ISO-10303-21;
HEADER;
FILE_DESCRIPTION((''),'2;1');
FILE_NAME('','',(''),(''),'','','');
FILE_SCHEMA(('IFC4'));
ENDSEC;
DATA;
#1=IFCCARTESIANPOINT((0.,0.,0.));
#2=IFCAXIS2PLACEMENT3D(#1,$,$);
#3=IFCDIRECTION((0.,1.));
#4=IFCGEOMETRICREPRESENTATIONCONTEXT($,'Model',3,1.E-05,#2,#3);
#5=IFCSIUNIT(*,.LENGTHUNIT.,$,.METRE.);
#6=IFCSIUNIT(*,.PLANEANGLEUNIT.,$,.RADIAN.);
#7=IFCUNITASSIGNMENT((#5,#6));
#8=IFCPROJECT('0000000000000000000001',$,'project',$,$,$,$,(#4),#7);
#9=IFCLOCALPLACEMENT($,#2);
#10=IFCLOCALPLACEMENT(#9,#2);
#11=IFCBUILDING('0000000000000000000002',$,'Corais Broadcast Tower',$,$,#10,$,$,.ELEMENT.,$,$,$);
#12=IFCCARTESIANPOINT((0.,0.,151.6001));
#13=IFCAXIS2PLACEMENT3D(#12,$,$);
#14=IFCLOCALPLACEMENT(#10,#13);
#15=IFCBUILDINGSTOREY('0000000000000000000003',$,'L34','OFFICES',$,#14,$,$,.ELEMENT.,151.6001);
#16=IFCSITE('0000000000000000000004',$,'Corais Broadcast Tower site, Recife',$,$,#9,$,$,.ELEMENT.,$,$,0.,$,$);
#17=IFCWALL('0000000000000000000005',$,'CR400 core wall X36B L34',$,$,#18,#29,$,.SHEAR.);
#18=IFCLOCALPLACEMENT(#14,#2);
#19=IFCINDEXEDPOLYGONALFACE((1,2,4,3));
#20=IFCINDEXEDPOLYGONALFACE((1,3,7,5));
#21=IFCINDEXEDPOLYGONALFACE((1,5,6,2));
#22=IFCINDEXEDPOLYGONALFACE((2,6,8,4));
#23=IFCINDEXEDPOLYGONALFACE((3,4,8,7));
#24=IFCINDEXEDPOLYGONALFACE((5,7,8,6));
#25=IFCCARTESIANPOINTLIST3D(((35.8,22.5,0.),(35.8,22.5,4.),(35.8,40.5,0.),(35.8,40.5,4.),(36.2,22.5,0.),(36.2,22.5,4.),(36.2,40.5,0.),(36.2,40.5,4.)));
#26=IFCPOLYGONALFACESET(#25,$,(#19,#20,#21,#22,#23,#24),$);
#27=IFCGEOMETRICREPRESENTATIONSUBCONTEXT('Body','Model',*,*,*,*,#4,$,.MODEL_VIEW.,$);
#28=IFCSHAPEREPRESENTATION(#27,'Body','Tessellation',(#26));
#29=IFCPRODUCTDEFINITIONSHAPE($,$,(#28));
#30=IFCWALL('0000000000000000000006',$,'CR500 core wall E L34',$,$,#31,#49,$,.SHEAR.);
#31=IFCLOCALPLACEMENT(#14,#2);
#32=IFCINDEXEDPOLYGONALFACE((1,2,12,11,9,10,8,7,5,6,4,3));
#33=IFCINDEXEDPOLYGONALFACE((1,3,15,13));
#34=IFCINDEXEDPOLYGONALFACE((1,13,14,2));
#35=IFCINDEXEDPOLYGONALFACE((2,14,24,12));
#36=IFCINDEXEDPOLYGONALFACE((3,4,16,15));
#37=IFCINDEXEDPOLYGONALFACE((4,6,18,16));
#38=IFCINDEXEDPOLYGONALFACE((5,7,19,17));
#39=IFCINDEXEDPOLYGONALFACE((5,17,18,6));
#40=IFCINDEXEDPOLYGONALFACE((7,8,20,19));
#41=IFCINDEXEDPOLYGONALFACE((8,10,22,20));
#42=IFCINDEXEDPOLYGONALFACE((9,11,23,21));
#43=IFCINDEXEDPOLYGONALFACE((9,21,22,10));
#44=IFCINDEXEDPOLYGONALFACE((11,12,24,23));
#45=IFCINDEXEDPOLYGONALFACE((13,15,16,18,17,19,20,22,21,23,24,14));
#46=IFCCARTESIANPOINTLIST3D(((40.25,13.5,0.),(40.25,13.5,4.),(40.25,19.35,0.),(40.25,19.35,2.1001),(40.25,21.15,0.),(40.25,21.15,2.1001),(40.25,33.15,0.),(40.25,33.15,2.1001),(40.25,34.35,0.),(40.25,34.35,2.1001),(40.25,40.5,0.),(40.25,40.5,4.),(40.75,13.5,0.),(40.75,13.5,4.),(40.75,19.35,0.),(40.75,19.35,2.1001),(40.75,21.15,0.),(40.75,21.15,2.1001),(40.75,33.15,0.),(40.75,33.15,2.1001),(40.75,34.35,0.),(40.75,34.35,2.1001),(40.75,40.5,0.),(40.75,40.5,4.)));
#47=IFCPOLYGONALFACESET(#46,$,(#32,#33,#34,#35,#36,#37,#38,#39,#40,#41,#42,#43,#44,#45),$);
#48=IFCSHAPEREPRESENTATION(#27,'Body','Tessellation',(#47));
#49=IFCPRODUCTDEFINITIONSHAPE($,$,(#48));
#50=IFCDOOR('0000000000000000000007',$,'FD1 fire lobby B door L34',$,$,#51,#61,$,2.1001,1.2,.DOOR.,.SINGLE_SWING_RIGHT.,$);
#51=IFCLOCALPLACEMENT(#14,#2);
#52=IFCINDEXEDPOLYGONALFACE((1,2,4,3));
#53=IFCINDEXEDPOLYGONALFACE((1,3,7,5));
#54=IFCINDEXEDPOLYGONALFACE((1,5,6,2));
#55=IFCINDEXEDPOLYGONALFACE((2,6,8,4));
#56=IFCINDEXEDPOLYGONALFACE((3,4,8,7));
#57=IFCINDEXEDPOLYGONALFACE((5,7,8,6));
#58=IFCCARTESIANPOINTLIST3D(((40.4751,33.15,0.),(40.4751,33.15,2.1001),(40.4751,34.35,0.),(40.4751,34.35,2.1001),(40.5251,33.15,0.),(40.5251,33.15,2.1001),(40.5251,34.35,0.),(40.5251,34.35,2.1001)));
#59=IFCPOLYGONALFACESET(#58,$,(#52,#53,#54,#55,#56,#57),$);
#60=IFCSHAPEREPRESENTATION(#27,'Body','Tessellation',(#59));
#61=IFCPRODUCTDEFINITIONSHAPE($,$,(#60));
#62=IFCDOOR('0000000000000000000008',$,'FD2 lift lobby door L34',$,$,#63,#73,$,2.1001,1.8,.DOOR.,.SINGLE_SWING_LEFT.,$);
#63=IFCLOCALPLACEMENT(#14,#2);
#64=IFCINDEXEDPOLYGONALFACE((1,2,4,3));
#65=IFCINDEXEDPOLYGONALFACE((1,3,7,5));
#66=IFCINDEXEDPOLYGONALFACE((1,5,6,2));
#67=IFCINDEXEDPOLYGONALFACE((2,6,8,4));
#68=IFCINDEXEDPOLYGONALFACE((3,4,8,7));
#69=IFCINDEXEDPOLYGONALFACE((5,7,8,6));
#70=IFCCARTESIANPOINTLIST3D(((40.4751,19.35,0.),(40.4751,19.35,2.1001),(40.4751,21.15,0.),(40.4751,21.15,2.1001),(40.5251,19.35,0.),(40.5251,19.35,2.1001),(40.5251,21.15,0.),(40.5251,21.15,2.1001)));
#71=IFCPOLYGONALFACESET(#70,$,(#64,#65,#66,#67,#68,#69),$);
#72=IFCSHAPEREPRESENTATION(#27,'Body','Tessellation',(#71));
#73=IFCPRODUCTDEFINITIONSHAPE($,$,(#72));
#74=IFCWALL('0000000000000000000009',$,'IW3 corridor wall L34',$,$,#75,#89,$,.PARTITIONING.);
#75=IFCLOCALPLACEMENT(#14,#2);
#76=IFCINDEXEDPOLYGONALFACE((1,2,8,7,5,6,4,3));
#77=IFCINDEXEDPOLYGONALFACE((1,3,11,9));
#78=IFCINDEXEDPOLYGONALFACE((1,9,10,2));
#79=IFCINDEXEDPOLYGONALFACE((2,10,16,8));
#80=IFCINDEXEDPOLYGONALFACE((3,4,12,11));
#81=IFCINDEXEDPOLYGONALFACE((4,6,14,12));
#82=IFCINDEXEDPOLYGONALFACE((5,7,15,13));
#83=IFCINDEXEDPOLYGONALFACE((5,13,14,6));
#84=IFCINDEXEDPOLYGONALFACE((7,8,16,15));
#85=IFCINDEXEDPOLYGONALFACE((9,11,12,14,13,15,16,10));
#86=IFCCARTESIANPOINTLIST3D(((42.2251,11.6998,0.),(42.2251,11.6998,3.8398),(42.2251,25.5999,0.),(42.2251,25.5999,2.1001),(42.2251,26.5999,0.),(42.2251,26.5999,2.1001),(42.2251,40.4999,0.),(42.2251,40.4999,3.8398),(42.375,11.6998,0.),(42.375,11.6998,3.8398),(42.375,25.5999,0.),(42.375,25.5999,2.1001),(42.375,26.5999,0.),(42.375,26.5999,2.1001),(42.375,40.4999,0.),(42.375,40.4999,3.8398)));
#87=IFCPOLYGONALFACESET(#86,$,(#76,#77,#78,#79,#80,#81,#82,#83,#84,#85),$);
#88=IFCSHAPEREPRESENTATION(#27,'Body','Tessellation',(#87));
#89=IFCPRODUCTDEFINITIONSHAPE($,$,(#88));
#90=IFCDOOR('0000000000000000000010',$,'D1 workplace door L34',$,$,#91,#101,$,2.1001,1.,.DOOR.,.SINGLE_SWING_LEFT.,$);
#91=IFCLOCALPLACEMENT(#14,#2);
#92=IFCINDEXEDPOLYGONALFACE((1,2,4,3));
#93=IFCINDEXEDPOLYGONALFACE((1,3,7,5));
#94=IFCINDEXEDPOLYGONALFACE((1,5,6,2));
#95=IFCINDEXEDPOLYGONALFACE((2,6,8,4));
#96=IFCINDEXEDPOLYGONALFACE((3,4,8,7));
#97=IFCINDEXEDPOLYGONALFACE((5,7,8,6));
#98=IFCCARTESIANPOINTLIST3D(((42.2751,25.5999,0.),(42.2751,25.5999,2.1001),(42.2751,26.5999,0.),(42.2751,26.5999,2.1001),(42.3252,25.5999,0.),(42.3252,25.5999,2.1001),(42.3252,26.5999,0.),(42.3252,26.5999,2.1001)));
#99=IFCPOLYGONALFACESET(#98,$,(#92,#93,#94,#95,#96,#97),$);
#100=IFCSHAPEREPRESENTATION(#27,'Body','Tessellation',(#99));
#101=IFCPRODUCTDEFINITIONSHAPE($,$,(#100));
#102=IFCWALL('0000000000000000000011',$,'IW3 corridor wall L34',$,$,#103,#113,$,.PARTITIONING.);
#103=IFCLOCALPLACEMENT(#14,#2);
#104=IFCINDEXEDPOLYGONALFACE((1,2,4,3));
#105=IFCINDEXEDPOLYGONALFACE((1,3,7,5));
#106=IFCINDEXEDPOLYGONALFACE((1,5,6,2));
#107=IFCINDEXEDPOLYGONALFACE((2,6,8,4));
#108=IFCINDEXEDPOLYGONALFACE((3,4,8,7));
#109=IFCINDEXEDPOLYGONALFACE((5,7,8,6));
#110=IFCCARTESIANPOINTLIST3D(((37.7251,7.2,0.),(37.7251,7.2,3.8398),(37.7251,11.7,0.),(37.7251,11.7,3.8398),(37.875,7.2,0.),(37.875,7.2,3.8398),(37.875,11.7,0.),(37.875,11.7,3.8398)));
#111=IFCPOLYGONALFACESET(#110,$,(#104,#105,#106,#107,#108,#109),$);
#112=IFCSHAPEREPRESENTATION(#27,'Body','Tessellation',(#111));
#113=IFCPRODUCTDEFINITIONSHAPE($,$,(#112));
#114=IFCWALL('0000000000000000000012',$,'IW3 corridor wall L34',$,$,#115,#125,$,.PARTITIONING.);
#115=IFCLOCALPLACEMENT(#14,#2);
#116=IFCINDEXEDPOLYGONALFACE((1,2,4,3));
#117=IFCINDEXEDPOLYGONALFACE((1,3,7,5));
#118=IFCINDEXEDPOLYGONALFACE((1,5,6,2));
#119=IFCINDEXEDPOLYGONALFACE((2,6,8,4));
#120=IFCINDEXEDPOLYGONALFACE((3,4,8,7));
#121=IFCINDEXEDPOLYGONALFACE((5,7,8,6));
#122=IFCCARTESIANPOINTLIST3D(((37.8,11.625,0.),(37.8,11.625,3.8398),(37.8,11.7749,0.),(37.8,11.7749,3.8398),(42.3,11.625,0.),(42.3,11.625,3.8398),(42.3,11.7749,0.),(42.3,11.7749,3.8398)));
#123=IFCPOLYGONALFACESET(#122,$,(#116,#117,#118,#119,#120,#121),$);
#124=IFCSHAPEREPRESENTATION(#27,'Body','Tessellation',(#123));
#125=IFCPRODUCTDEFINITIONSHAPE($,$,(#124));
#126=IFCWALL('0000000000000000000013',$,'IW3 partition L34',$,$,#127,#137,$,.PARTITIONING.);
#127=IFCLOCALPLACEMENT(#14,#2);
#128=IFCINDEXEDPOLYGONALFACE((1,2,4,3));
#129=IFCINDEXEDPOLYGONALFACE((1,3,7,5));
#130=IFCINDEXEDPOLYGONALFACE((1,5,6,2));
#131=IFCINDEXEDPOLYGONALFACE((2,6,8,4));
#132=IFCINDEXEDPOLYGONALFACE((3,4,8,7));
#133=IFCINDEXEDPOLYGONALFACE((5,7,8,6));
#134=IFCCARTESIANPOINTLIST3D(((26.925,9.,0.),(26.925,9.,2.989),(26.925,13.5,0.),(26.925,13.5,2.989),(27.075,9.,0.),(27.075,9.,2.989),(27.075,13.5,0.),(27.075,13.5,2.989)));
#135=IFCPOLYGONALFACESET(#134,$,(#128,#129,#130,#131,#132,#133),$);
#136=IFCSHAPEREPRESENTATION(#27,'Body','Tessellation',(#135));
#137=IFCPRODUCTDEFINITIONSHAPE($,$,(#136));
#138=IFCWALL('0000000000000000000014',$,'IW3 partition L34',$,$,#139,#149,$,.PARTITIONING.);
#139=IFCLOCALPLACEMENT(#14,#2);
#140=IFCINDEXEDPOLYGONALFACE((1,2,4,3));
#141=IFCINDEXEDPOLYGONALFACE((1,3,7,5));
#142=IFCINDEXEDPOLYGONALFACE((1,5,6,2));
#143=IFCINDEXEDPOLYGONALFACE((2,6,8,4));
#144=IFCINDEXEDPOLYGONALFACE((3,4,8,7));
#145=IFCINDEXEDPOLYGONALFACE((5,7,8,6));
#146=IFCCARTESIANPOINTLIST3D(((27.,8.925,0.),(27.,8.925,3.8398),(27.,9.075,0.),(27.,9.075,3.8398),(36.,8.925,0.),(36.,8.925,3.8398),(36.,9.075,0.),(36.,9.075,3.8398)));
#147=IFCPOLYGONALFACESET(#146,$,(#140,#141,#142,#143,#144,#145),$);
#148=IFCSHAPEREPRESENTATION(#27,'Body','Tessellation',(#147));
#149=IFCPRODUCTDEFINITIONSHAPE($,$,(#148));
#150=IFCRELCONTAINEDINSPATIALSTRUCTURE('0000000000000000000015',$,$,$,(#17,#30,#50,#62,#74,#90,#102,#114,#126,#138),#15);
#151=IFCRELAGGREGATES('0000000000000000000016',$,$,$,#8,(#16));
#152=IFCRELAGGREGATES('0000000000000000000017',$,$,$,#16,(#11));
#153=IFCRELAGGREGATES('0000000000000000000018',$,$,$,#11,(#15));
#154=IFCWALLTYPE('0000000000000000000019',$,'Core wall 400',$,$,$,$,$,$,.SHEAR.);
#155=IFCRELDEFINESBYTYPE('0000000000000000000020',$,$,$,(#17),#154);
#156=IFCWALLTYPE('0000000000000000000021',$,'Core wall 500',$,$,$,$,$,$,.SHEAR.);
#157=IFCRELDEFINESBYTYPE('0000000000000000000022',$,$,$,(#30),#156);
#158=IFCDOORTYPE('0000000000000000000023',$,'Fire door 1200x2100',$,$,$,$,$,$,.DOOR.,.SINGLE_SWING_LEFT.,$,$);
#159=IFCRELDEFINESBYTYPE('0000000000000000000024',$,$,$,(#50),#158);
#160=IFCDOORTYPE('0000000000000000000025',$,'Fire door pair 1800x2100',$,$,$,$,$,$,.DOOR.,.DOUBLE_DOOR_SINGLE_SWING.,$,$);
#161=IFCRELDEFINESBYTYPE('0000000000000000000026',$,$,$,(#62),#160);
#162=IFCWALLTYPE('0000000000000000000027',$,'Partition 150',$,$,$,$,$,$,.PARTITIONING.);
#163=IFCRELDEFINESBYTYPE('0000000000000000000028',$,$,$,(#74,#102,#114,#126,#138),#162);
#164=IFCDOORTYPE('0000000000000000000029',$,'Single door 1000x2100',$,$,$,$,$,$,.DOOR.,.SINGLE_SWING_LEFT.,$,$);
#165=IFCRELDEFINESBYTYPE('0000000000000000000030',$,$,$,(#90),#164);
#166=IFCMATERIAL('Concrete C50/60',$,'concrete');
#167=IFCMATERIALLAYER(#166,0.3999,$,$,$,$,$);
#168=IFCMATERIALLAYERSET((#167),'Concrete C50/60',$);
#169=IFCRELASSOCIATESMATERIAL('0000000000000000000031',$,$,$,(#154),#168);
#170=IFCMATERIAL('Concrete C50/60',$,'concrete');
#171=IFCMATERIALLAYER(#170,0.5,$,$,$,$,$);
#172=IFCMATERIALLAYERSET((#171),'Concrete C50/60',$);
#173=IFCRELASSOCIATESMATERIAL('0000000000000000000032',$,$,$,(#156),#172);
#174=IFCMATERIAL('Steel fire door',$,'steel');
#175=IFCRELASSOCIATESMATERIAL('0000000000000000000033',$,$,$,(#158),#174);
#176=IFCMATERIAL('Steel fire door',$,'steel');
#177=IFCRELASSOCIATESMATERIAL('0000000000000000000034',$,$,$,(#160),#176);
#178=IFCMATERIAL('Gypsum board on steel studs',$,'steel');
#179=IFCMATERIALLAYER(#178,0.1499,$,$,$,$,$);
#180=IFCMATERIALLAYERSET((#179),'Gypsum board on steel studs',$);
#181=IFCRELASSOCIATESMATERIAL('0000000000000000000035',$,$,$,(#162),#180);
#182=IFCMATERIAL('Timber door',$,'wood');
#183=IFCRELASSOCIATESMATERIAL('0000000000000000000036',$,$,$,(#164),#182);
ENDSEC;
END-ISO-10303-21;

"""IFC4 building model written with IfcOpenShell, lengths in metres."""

from ifc_helpers import new_model, si_unit, direction, frame, frame_2d, origin, place, context, subcontext, project, spatial, rectangle, extrude, material, layer, layer_set, type_object, element, fill, save


model = new_model("IFC4")

# Units and contexts
model_context = context("Model", 3, precision=1e-05, world=origin(), true_north=direction((0.0, 1.0)))
body_context = subcontext(model_context, "Body", "Model", "MODEL_VIEW")
ifc_project = project(units=[si_unit("LENGTHUNIT", "METRE"), si_unit("PLANEANGLEUNIT", "RADIAN")], contexts=[model_context])

# Site, building, storey
site_placement = place(None, origin())
site = spatial("IfcSite", under=ifc_project, at=site_placement, Name="Corais Broadcast Tower site, Recife", CompositionType="ELEMENT", RefElevation=0.0)
building_placement = place(site_placement, origin())
building = spatial("IfcBuilding", under=site, at=building_placement, Name="Corais Broadcast Tower", CompositionType="ELEMENT")
storey_placement = place(building_placement, frame((0.0, 0.0, 151.6001)))
storey = spatial("IfcBuildingStorey", under=building, at=storey_placement, Name="L34", Description="OFFICES", CompositionType="ELEMENT", Elevation=151.6001)

# Wall
ifc_material_1 = material(Name="Concrete C50/60", Category="concrete")
ifc_layer_1 = layer(ifc_material_1, 0.3999)
ifc_layer_set_1 = layer_set([ifc_layer_1], Name="Concrete C50/60")
wall_type_1 = type_object("IfcWallType", Name="Core wall 400", PredefinedType="SHEAR", material=ifc_layer_set_1)
wall_1_placement = place(storey_placement, frame((36.0, 22.5, 0.0), z_axis=(0.0, 0.0, 1.0), x_axis=(0.0, 1.0, 0.0)))
element("IfcWall", 1, at=wall_1_placement, inside=storey, type_object=wall_type_1, Name="CR400 core wall X36B L34", PredefinedType="SHEAR", context=body_context, shape_type="SweptSolid", body=[
    extrude(rectangle(XDim=18.0, YDim=0.3999, at=frame_2d((9.0, 0.0))), origin(), (0.0, 0.0, 1.0), 4.0),
])

# Wall, openings, doors
ifc_material_2 = material(Name="Concrete C50/60", Category="concrete")
ifc_layer_2 = layer(ifc_material_2, 0.5)
ifc_layer_set_2 = layer_set([ifc_layer_2], Name="Concrete C50/60")
wall_type_2 = type_object("IfcWallType", Name="Core wall 500", PredefinedType="SHEAR", material=ifc_layer_set_2)
wall_2_placement = place(storey_placement, frame((40.5, 13.5, 0.0), z_axis=(0.0, 0.0, 1.0), x_axis=(0.0, 1.0, 0.0)))
wall_2 = element("IfcWall", 2, at=wall_2_placement, inside=storey, type_object=wall_type_2, Name="CR500 core wall E L34", PredefinedType="SHEAR", context=body_context, shape_type="SweptSolid", body=[
    extrude(rectangle(XDim=27.0, YDim=0.5, at=frame_2d((13.5, 0.0))), origin(), (0.0, 0.0, 1.0), 4.0),
])
opening_1_placement = place(wall_2_placement, frame((5.8501, 0.0, 0.0)))
opening_1 = element("IfcOpeningElement", 3, at=opening_1_placement, cuts=wall_2, PredefinedType="OPENING", context=body_context, shape_type="SweptSolid", body=[
    extrude(rectangle(XDim=1.8, YDim=2.1001, at=frame_2d((0.8999, 1.05))), frame((0.0, 0.26, 0.0), z_axis=(0.0, -1.0, 0.0), x_axis=(1.0, 0.0, 0.0)), (0.0, 0.0, 1.0), 0.52),
])
opening_2_placement = place(wall_2_placement, frame((19.6499, 0.0, 0.0)))
opening_2 = element("IfcOpeningElement", 4, at=opening_2_placement, cuts=wall_2, PredefinedType="OPENING", context=body_context, shape_type="SweptSolid", body=[
    extrude(rectangle(XDim=1.2, YDim=2.1001, at=frame_2d((0.6001, 1.05))), frame((0.0, 0.26, 0.0), z_axis=(0.0, -1.0, 0.0), x_axis=(1.0, 0.0, 0.0)), (0.0, 0.0, 1.0), 0.52),
])
ifc_material_3 = material(Name="Steel fire door", Category="steel")
door_type_1 = type_object("IfcDoorType", Name="Fire door 1200x2100", OperationType="SINGLE_SWING_LEFT", PredefinedType="DOOR", material=ifc_material_3)
door_1_placement = place(opening_2_placement, origin())
door_1 = element("IfcDoor", 5, at=door_1_placement, inside=storey, type_object=door_type_1, Name="FD1 fire lobby B door L34", OperationType="SINGLE_SWING_RIGHT", OverallHeight=2.1001, OverallWidth=1.2, PredefinedType="DOOR", context=body_context, shape_type="SweptSolid", body=[
    extrude(rectangle(XDim=1.2, YDim=2.1001, at=frame_2d((0.6001, 1.05))), frame((0.0, 0.0249, 0.0), z_axis=(0.0, -1.0, 0.0), x_axis=(1.0, 0.0, 0.0)), (0.0, 0.0, 1.0), 0.05),
])
fill(opening_2, door_1)
ifc_material_4 = material(Name="Steel fire door", Category="steel")
door_type_2 = type_object("IfcDoorType", Name="Fire door pair 1800x2100", OperationType="DOUBLE_DOOR_SINGLE_SWING", PredefinedType="DOOR", material=ifc_material_4)
door_2_placement = place(opening_1_placement, origin())
door_2 = element("IfcDoor", 6, at=door_2_placement, inside=storey, type_object=door_type_2, Name="FD2 lift lobby door L34", OperationType="SINGLE_SWING_LEFT", OverallHeight=2.1001, OverallWidth=1.8, PredefinedType="DOOR", context=body_context, shape_type="SweptSolid", body=[
    extrude(rectangle(XDim=1.8, YDim=2.1001, at=frame_2d((0.8999, 1.05))), frame((0.0, 0.0249, 0.0), z_axis=(0.0, -1.0, 0.0), x_axis=(1.0, 0.0, 0.0)), (0.0, 0.0, 1.0), 0.05),
])
fill(opening_1, door_2)

# Wall, opening, door
ifc_material_5 = material(Name="Gypsum board on steel studs", Category="steel")
ifc_layer_3 = layer(ifc_material_5, 0.1499)
ifc_layer_set_3 = layer_set([ifc_layer_3], Name="Gypsum board on steel studs")
wall_type_3 = type_object("IfcWallType", Name="Partition 150", PredefinedType="PARTITIONING", material=ifc_layer_set_3)
wall_3_placement = place(storey_placement, frame((42.3, 11.7, 0.0), z_axis=(0.0, 0.0, 1.0), x_axis=(0.0, 1.0, 0.0)))
wall_3 = element("IfcWall", 7, at=wall_3_placement, inside=storey, type_object=wall_type_3, Name="IW3 corridor wall L34", PredefinedType="PARTITIONING", context=body_context, shape_type="SweptSolid", body=[
    extrude(rectangle(XDim=28.8, YDim=0.1499, at=frame_2d((14.3999, 0.0))), origin(), (0.0, 0.0, 1.0), 3.8398),
])
opening_3_placement = place(wall_3_placement, frame((13.8999, 0.0, 0.0)))
opening_3 = element("IfcOpeningElement", 8, at=opening_3_placement, cuts=wall_3, PredefinedType="OPENING", context=body_context, shape_type="SweptSolid", body=[
    extrude(rectangle(XDim=1.0, YDim=2.1001, at=frame_2d((0.5, 1.05))), frame((0.0, 0.085, 0.0), z_axis=(0.0, -1.0, 0.0), x_axis=(1.0, 0.0, 0.0)), (0.0, 0.0, 1.0), 0.1699),
])
ifc_material_6 = material(Name="Timber door", Category="wood")
door_type_3 = type_object("IfcDoorType", Name="Single door 1000x2100", OperationType="SINGLE_SWING_LEFT", PredefinedType="DOOR", material=ifc_material_6)
door_3_placement = place(opening_3_placement, origin())
door_3 = element("IfcDoor", 9, at=door_3_placement, inside=storey, type_object=door_type_3, Name="D1 workplace door L34", OperationType="SINGLE_SWING_LEFT", OverallHeight=2.1001, OverallWidth=1.0, PredefinedType="DOOR", context=body_context, shape_type="SweptSolid", body=[
    extrude(rectangle(XDim=1.0, YDim=2.1001, at=frame_2d((0.5, 1.05))), frame((0.0, 0.0249, 0.0), z_axis=(0.0, -1.0, 0.0), x_axis=(1.0, 0.0, 0.0)), (0.0, 0.0, 1.0), 0.05),
])
fill(opening_3, door_3)

# Walls
for number, where, z_axis, x_axis, name in (
    (10, (37.8, 7.2, 0.0), (0.0, 0.0, 1.0), (0.0, 1.0, 0.0), "IW3 corridor wall L34"),
    (11, (37.8, 11.7, 0.0), (0.0, 0.0, 1.0), (1.0, 0.0, 0.0), "IW3 corridor wall L34"),
):
    element("IfcWall", number, at=place(storey_placement, frame(where, z_axis=z_axis, x_axis=x_axis)), inside=storey, type_object=wall_type_3, Name=name, PredefinedType="PARTITIONING", context=body_context, shape_type="SweptSolid", body=[
        extrude(rectangle(XDim=4.5, YDim=0.1499, at=frame_2d((2.25, 0.0))), origin(), (0.0, 0.0, 1.0), 3.8398),
    ])
wall_4_placement = place(storey_placement, frame((27.0, 9.0, 0.0), z_axis=(0.0, 0.0, 1.0), x_axis=(0.0, 1.0, 0.0)))
element("IfcWall", 12, at=wall_4_placement, inside=storey, type_object=wall_type_3, Name="IW3 partition L34", PredefinedType="PARTITIONING", context=body_context, shape_type="SweptSolid", body=[
    extrude(rectangle(XDim=4.5, YDim=0.1499, at=frame_2d((2.25, 0.0))), origin(), (0.0, 0.0, 1.0), 2.989),
])
wall_5_placement = place(storey_placement, frame((27.0, 9.0, 0.0), z_axis=(0.0, 0.0, 1.0), x_axis=(1.0, 0.0, 0.0)))
element("IfcWall", 13, at=wall_5_placement, inside=storey, type_object=wall_type_3, Name="IW3 partition L34", PredefinedType="PARTITIONING", context=body_context, shape_type="SweptSolid", body=[
    extrude(rectangle(XDim=9.0, YDim=0.1499, at=frame_2d((4.5, 0.0))), origin(), (0.0, 0.0, 1.0), 3.8398),
])

save(model, "model.ifc")
